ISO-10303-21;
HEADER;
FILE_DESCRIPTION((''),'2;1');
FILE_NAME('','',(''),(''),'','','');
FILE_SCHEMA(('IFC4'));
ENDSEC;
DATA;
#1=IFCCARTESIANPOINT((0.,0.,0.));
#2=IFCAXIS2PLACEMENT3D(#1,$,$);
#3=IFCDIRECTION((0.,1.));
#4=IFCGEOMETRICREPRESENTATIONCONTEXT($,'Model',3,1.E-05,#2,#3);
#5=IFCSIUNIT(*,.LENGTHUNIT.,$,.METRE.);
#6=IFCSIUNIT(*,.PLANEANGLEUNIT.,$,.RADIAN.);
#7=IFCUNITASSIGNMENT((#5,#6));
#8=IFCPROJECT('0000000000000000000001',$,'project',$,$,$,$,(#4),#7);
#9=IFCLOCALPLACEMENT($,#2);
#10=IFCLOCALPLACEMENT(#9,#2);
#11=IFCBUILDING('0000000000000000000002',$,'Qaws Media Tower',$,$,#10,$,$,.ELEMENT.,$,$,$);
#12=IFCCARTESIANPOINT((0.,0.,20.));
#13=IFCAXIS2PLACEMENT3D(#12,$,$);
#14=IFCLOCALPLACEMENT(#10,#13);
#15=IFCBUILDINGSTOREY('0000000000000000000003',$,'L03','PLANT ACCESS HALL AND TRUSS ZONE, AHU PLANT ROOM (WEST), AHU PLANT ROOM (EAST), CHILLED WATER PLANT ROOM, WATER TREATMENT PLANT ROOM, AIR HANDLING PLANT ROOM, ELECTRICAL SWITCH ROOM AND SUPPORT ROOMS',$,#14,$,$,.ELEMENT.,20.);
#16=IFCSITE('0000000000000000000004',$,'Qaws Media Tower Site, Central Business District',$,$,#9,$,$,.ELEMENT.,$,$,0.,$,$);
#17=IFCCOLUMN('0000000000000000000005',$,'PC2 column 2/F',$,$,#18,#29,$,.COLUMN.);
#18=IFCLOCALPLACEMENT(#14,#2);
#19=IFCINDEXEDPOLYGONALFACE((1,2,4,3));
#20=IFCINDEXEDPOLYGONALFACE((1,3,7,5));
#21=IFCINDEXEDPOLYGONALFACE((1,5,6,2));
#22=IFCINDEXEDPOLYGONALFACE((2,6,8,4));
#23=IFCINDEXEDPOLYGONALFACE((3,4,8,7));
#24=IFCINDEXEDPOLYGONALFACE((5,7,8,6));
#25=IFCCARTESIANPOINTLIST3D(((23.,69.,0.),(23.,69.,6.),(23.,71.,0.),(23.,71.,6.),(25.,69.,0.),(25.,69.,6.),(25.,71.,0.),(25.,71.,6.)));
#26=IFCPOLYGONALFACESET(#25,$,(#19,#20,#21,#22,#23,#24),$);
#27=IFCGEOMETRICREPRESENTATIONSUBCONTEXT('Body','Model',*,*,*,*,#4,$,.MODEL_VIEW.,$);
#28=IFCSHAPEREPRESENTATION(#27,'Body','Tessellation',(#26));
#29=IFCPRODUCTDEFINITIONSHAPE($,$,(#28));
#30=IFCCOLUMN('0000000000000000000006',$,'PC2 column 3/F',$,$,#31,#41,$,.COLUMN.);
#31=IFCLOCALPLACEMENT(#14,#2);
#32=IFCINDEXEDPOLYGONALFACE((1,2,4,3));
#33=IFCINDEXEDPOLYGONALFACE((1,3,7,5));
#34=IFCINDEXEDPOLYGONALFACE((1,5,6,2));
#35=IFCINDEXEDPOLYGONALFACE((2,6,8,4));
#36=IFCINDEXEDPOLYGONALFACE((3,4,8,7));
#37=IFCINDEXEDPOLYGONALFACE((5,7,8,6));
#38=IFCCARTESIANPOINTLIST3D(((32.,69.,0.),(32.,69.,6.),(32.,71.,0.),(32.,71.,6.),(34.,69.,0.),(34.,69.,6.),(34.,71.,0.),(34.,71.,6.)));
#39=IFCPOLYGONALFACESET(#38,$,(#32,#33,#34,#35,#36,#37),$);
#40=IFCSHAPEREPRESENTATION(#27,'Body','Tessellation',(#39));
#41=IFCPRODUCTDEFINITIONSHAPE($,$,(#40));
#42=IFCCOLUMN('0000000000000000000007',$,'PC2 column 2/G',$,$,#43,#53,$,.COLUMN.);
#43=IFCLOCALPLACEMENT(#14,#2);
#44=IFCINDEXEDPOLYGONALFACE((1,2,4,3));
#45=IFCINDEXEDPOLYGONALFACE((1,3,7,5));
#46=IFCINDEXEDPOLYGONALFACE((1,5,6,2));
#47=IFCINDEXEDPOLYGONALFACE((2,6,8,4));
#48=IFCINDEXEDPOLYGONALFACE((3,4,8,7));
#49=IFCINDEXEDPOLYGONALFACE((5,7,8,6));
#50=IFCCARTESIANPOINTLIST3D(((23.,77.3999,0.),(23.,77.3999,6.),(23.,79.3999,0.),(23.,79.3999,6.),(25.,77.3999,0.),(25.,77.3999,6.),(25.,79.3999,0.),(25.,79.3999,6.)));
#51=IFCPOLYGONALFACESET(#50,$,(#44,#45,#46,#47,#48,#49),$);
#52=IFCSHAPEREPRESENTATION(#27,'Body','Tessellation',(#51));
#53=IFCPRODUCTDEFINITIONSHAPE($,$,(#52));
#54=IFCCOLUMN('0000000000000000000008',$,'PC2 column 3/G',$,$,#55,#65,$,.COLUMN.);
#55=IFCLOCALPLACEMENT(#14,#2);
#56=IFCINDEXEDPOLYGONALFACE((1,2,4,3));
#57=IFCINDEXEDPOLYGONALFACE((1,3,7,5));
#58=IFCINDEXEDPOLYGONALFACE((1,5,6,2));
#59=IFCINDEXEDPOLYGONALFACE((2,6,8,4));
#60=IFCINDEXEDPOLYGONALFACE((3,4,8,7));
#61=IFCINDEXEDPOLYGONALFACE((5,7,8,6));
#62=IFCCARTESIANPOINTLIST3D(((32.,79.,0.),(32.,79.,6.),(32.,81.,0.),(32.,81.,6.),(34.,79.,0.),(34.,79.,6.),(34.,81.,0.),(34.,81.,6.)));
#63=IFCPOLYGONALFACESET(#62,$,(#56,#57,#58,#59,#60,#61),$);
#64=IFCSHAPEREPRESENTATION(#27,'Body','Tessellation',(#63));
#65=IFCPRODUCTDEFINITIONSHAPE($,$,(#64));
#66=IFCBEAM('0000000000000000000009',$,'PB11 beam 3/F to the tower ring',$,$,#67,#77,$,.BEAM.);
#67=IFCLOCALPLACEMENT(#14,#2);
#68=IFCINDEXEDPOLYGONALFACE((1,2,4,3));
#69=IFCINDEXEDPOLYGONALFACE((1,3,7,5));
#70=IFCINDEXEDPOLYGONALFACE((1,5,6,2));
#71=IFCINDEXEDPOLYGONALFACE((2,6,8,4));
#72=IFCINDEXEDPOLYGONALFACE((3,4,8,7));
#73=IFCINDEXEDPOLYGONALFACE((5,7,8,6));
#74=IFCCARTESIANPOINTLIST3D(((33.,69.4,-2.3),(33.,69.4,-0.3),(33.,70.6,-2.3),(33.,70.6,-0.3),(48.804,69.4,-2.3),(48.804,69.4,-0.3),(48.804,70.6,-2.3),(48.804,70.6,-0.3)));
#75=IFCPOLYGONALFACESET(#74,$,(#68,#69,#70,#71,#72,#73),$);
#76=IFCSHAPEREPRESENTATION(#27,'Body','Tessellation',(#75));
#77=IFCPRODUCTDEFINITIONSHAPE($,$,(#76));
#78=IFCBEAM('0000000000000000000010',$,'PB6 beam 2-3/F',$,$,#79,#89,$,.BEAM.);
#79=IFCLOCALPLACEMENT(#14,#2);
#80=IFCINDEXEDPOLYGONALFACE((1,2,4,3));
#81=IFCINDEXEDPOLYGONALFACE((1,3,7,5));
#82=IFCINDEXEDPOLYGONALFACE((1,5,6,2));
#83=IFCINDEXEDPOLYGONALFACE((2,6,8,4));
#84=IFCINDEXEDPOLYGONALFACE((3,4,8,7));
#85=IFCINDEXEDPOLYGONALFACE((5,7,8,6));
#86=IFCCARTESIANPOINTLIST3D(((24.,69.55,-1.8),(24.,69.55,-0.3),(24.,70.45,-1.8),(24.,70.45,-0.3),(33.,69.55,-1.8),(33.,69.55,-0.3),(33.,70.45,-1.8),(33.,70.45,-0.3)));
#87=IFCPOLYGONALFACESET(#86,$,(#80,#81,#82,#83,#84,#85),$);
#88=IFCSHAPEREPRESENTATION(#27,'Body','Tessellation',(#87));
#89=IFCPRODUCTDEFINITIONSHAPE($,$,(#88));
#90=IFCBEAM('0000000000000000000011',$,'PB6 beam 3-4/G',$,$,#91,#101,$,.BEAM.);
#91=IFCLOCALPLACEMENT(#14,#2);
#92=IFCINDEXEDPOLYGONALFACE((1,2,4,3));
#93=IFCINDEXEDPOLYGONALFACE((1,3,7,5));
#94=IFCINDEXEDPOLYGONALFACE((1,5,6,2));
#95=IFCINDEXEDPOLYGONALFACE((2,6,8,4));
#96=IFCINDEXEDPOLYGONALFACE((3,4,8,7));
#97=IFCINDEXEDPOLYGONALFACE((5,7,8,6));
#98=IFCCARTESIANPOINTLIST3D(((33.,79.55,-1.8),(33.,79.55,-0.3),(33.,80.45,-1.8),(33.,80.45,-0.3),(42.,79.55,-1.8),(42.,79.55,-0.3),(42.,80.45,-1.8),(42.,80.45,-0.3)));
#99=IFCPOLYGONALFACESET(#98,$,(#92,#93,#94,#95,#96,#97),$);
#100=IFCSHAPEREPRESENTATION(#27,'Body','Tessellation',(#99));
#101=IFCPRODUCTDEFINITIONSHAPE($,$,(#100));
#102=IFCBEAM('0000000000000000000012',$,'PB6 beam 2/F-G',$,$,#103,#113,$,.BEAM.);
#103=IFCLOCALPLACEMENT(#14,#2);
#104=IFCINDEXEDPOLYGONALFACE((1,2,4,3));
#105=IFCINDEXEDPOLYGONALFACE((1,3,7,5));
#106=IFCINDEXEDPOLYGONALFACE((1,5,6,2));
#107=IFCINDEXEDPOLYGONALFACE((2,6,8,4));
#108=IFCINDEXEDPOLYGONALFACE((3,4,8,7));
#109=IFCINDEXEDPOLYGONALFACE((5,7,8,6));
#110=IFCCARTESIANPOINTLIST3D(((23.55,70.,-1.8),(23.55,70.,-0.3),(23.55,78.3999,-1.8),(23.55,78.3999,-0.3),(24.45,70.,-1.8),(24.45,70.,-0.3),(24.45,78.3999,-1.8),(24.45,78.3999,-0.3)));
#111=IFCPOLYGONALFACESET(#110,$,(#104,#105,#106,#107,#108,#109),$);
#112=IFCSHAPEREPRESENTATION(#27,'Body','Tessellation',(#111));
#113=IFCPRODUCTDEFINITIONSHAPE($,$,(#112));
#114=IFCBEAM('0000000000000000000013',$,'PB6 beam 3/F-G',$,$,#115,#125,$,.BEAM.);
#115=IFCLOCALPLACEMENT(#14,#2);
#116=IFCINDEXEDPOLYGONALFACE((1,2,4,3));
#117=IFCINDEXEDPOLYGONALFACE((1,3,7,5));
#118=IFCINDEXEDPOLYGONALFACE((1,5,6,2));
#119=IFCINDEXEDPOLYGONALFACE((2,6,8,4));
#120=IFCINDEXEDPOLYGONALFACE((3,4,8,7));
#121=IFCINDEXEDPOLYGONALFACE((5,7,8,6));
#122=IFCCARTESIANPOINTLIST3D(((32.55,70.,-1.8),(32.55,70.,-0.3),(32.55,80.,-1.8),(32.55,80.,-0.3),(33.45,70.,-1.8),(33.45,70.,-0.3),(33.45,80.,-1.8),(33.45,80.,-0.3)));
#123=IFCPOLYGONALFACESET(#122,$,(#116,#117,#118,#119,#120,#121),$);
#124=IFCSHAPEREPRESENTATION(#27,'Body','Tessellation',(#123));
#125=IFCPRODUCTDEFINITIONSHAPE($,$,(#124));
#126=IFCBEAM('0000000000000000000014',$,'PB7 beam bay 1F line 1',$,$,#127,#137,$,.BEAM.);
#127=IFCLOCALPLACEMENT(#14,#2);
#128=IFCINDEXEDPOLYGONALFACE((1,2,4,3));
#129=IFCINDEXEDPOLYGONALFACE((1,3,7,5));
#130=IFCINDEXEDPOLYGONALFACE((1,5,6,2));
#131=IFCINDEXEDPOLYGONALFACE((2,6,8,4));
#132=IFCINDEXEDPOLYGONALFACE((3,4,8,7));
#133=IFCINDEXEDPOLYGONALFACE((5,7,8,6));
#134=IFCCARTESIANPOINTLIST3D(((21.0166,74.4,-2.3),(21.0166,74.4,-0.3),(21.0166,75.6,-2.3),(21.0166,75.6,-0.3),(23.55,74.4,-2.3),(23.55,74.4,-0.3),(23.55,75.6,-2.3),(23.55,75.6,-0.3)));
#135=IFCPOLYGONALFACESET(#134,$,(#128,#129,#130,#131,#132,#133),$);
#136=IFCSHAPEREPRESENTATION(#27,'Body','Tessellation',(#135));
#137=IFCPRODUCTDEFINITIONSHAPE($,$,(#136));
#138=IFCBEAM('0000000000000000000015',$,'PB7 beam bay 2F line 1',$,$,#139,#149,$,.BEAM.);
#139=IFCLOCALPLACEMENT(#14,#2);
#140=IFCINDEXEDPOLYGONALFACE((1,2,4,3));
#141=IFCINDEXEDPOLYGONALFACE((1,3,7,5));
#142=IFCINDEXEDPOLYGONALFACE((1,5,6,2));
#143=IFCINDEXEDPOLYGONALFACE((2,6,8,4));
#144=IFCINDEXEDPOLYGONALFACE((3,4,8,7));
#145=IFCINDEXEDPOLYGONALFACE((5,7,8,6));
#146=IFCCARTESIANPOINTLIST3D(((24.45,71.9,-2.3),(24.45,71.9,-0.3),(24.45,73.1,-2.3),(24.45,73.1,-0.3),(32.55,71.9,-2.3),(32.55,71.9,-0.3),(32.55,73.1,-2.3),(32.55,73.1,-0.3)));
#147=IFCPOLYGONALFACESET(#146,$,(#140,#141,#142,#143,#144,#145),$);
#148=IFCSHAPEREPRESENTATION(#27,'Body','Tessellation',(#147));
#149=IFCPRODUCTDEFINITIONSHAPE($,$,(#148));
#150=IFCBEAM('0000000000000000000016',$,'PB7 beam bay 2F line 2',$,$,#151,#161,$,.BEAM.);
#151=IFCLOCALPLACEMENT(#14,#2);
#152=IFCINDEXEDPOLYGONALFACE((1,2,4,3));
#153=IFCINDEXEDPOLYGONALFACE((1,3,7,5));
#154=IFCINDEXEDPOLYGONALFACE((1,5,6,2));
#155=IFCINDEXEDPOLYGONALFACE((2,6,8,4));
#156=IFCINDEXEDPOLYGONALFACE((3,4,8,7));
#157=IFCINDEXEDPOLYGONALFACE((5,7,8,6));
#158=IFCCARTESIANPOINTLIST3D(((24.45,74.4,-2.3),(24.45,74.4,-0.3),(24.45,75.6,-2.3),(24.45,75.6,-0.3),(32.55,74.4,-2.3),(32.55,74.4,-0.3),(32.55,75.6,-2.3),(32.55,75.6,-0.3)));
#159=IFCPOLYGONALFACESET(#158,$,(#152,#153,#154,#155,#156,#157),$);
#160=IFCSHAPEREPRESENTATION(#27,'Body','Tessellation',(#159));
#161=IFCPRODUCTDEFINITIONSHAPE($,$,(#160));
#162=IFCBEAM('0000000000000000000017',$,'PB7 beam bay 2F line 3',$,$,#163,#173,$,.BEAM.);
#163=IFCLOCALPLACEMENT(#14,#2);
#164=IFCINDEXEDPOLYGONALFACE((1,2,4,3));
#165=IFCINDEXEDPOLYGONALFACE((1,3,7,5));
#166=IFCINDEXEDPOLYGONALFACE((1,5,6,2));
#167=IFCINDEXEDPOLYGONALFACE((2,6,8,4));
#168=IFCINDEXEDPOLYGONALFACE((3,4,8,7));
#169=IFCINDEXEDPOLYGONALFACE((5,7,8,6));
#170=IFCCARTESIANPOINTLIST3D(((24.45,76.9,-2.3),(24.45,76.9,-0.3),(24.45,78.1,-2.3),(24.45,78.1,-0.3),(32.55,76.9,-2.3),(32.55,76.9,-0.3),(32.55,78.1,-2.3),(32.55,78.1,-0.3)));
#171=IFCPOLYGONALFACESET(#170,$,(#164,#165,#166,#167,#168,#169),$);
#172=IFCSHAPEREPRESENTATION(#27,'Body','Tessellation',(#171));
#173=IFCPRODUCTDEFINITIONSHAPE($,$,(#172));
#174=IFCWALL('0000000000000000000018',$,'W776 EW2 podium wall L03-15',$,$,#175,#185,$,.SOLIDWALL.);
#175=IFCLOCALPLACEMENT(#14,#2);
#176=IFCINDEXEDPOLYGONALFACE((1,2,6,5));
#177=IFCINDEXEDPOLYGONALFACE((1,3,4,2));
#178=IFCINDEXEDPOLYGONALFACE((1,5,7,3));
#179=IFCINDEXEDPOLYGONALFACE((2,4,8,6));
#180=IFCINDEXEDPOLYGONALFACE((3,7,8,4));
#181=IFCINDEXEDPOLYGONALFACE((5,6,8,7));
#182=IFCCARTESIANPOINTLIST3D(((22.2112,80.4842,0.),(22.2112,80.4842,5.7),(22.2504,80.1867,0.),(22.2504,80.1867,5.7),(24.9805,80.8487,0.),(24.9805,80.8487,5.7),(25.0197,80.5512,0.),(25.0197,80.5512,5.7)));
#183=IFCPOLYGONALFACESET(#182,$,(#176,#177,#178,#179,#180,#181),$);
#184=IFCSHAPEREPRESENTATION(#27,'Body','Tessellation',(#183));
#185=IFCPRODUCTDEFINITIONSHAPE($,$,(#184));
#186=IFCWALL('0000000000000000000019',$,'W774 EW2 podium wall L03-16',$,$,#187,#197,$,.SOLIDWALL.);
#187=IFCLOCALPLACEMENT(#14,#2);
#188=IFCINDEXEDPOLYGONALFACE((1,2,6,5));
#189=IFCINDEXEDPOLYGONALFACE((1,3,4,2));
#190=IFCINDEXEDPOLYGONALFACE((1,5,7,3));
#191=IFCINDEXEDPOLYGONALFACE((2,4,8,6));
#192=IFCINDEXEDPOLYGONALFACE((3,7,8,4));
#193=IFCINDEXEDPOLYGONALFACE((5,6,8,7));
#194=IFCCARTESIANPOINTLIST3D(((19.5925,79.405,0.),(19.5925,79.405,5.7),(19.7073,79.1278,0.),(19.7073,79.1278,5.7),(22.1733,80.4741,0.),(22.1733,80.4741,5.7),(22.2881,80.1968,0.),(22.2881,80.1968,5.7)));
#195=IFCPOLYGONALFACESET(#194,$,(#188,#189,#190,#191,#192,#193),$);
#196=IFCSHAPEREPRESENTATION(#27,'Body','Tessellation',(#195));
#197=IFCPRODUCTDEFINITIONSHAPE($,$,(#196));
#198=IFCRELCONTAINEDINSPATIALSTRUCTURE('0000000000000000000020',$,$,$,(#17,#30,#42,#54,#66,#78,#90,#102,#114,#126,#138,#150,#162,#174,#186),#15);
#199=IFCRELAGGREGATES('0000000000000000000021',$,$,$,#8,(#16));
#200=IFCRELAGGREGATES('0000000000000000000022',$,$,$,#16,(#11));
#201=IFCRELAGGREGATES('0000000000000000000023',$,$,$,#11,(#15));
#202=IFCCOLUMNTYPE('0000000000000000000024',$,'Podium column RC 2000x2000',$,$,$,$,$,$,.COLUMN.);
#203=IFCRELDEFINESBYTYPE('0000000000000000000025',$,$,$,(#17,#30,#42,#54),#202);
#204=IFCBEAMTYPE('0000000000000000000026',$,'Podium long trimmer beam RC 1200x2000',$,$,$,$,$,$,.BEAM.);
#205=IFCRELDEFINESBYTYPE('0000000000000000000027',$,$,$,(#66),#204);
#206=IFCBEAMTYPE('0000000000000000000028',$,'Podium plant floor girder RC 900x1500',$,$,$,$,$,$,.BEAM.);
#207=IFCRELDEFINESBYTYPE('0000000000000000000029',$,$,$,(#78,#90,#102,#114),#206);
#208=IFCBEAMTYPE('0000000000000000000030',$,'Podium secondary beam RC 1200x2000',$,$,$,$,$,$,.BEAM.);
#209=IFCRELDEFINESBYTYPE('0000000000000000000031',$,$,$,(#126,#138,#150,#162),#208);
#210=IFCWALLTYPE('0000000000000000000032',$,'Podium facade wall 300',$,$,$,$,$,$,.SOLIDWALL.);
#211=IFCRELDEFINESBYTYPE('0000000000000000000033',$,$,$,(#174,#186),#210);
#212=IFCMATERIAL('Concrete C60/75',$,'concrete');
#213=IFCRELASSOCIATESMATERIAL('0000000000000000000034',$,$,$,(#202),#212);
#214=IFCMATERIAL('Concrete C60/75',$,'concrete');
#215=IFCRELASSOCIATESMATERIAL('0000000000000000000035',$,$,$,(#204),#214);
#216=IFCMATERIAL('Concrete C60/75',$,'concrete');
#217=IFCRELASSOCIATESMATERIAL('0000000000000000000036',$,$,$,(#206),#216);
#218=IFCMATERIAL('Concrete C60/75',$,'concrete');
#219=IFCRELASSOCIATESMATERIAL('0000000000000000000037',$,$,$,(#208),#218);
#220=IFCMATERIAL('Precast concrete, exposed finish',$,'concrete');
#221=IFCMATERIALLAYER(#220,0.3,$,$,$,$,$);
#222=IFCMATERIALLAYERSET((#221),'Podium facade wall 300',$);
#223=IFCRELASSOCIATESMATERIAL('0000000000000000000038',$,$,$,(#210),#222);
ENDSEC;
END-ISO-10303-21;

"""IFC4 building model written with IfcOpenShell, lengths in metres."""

from ifc_helpers import new_model, si_unit, direction, frame, frame_2d, origin, origin_2d, place, context, subcontext, project, spatial, rectangle, extrude, material, layer, layer_set, material_profile, profile_set, type_object, element, save


model = new_model("IFC4")

# Units and contexts
model_context = context("Model", 3, precision=1e-05, world=origin(), true_north=direction((0.0, 1.0)))
body_context = subcontext(model_context, "Body", "Model", "MODEL_VIEW")
ifc_project = project(units=[si_unit("LENGTHUNIT", "METRE"), si_unit("PLANEANGLEUNIT", "RADIAN")], contexts=[model_context])

# Site, building, storey
site_placement = place(None, origin())
site = spatial("IfcSite", under=ifc_project, at=site_placement, Name="Qaws Media Tower Site, Central Business District", CompositionType="ELEMENT", RefElevation=0.0)
building_placement = place(site_placement, origin())
building = spatial("IfcBuilding", under=site, at=building_placement, Name="Qaws Media Tower", CompositionType="ELEMENT")
storey_placement = place(building_placement, frame((0.0, 0.0, 20.0)))
storey = spatial("IfcBuildingStorey", under=building, at=storey_placement, Name="L03", Description="PLANT ACCESS HALL AND TRUSS ZONE, AHU PLANT ROOM (WEST), AHU PLANT ROOM (EAST), CHILLED WATER PLANT ROOM, WATER TREATMENT PLANT ROOM, AIR HANDLING PLANT ROOM, ELECTRICAL SWITCH ROOM AND SUPPORT ROOMS", CompositionType="ELEMENT", Elevation=20.0)

# Columns
ifc_material_1 = material(Name="Concrete C60/75", Category="concrete")
ifc_material_profile_1 = material_profile(ifc_material_1, rectangle(XDim=2.0, YDim=2.0, at=origin_2d()), Name="RC 2000x2000")
ifc_profile_set_1 = profile_set([ifc_material_profile_1], Name="Concrete C60/75")
column_type = type_object("IfcColumnType", Name="Podium column RC 2000x2000", PredefinedType="COLUMN", material=ifc_profile_set_1)
for number, where, z_axis, x_axis, name in (
    (1, (24.0, 70.0, 0.0), (0.0, 0.0, 1.0), (1.0, 0.0, 0.0), "PC2 column 2/F"),
    (2, (33.0, 70.0, 0.0), (0.0, 0.0, 1.0), (1.0, 0.0, 0.0), "PC2 column 3/F"),
    (3, (24.0, 78.3999, 0.0), (0.0, 0.0, 1.0), (1.0, 0.0, 0.0), "PC2 column 2/G"),
    (4, (33.0, 80.0, 0.0), (0.0, 0.0, 1.0), (1.0, 0.0, 0.0), "PC2 column 3/G"),
):
    element("IfcColumn", number, at=place(storey_placement, frame(where, z_axis=z_axis, x_axis=x_axis)), inside=storey, type_object=column_type, Name=name, PredefinedType="COLUMN", context=body_context, shape_type="SweptSolid", body=[
        extrude(rectangle(XDim=2.0, YDim=2.0, at=origin_2d()), origin(), (0.0, 0.0, 1.0), 6.0),
    ])

# Beams
ifc_material_2 = material(Name="Concrete C60/75", Category="concrete")
ifc_material_profile_2 = material_profile(ifc_material_2, rectangle(XDim=1.2, YDim=2.0, at=origin_2d()), Name="RC 1200x2000")
ifc_profile_set_2 = profile_set([ifc_material_profile_2], Name="Concrete C60/75")
beam_type_1 = type_object("IfcBeamType", Name="Podium long trimmer beam RC 1200x2000", PredefinedType="BEAM", material=ifc_profile_set_2)
beam_1_placement = place(storey_placement, frame((33.0, 70.0, -1.3), z_axis=(1.0, 0.0, 0.0), x_axis=(0.0, 1.0, 0.0)))
element("IfcBeam", 5, at=beam_1_placement, inside=storey, type_object=beam_type_1, Name="PB11 beam 3/F to the tower ring", PredefinedType="BEAM", context=body_context, shape_type="SweptSolid", body=[
    extrude(rectangle(XDim=1.2, YDim=2.0, at=origin_2d()), origin(), (0.0, 0.0, 1.0), 15.804),
])
ifc_material_3 = material(Name="Concrete C60/75", Category="concrete")
ifc_material_profile_3 = material_profile(ifc_material_3, rectangle(XDim=0.8999, YDim=1.5, at=origin_2d()), Name="RC 900x1500")
ifc_profile_set_3 = profile_set([ifc_material_profile_3], Name="Concrete C60/75")
beam_type_2 = type_object("IfcBeamType", Name="Podium plant floor girder RC 900x1500", PredefinedType="BEAM", material=ifc_profile_set_3)
for number, where, z_axis, x_axis, name in (
    (6, (24.0, 70.0, -1.05), (1.0, 0.0, 0.0), (0.0, 1.0, 0.0), "PB6 beam 2-3/F"),
    (7, (33.0, 80.0, -1.05), (1.0, 0.0, 0.0), (0.0, 1.0, 0.0), "PB6 beam 3-4/G"),
):
    element("IfcBeam", number, at=place(storey_placement, frame(where, z_axis=z_axis, x_axis=x_axis)), inside=storey, type_object=beam_type_2, Name=name, PredefinedType="BEAM", context=body_context, shape_type="SweptSolid", body=[
        extrude(rectangle(XDim=0.8999, YDim=1.5, at=origin_2d()), origin(), (0.0, 0.0, 1.0), 9.0),
    ])
beam_2_placement = place(storey_placement, frame((24.0, 70.0, -1.05), z_axis=(0.0, 1.0, 0.0), x_axis=(-1.0, 0.0, 0.0)))
element("IfcBeam", 8, at=beam_2_placement, inside=storey, type_object=beam_type_2, Name="PB6 beam 2/F-G", PredefinedType="BEAM", context=body_context, shape_type="SweptSolid", body=[
    extrude(rectangle(XDim=0.8999, YDim=1.5, at=origin_2d()), origin(), (0.0, 0.0, 1.0), 8.3999),
])
beam_3_placement = place(storey_placement, frame((33.0, 70.0, -1.05), z_axis=(0.0, 1.0, 0.0), x_axis=(-1.0, 0.0, 0.0)))
element("IfcBeam", 9, at=beam_3_placement, inside=storey, type_object=beam_type_2, Name="PB6 beam 3/F-G", PredefinedType="BEAM", context=body_context, shape_type="SweptSolid", body=[
    extrude(rectangle(XDim=0.8999, YDim=1.5, at=origin_2d()), origin(), (0.0, 0.0, 1.0), 10.0),
])
ifc_material_4 = material(Name="Concrete C60/75", Category="concrete")
ifc_material_profile_4 = material_profile(ifc_material_4, rectangle(XDim=1.2, YDim=2.0, at=origin_2d()), Name="RC 1200x2000")
ifc_profile_set_4 = profile_set([ifc_material_profile_4], Name="Concrete C60/75")
beam_type_3 = type_object("IfcBeamType", Name="Podium secondary beam RC 1200x2000", PredefinedType="BEAM", material=ifc_profile_set_4)
beam_4_placement = place(storey_placement, frame((21.0166, 75.0, -1.3), z_axis=(1.0, 0.0, 0.0), x_axis=(0.0, 1.0, 0.0)))
element("IfcBeam", 10, at=beam_4_placement, inside=storey, type_object=beam_type_3, Name="PB7 beam bay 1F line 1", PredefinedType="BEAM", context=body_context, shape_type="SweptSolid", body=[
    extrude(rectangle(XDim=1.2, YDim=2.0, at=origin_2d()), origin(), (0.0, 0.0, 1.0), 2.5334),
])
for number, where, z_axis, x_axis, name in (
    (11, (24.45, 72.5, -1.3), (1.0, 0.0, 0.0), (0.0, 1.0, 0.0), "PB7 beam bay 2F line 1"),
    (12, (24.45, 75.0, -1.3), (1.0, 0.0, 0.0), (0.0, 1.0, 0.0), "PB7 beam bay 2F line 2"),
    (13, (24.45, 77.5, -1.3), (1.0, 0.0, 0.0), (0.0, 1.0, 0.0), "PB7 beam bay 2F line 3"),
):
    element("IfcBeam", number, at=place(storey_placement, frame(where, z_axis=z_axis, x_axis=x_axis)), inside=storey, type_object=beam_type_3, Name=name, PredefinedType="BEAM", context=body_context, shape_type="SweptSolid", body=[
        extrude(rectangle(XDim=1.2, YDim=2.0, at=origin_2d()), origin(), (0.0, 0.0, 1.0), 8.1001),
    ])

# Walls
ifc_material_5 = material(Name="Precast concrete, exposed finish", Category="concrete")
ifc_layer_1 = layer(ifc_material_5, 0.3)
ifc_layer_set_1 = layer_set([ifc_layer_1], Name="Podium facade wall 300")
wall_type_1 = type_object("IfcWallType", Name="Podium facade wall 300", PredefinedType="SOLIDWALL", material=ifc_layer_set_1)
wall_1_placement = place(storey_placement, frame((25.0, 80.7, 0.0), z_axis=(0.0, 0.0, 1.0), x_axis=(-0.991449, -0.130497, 0.0)))
element("IfcWall", 14, at=wall_1_placement, inside=storey, type_object=wall_type_1, Name="W776 EW2 podium wall L03-15", PredefinedType="SOLIDWALL", context=body_context, shape_type="SweptSolid", body=[
    extrude(rectangle(XDim=2.7932, YDim=0.3, at=frame_2d((1.3965, 0.0))), origin(), (0.0, 0.0, 1.0), 5.7),
])
wall_2_placement = place(storey_placement, frame((22.2307, 80.3354, 0.0), z_axis=(0.0, 0.0, 1.0), x_axis=(-0.923869, -0.382709, 0.0)))
element("IfcWall", 15, at=wall_2_placement, inside=storey, type_object=wall_type_1, Name="W774 EW2 podium wall L03-16", PredefinedType="SOLIDWALL", context=body_context, shape_type="SweptSolid", body=[
    extrude(rectangle(XDim=2.7935, YDim=0.3, at=frame_2d((1.3967, 0.0))), origin(), (0.0, 0.0, 1.0), 5.7),
])

save(model, "model.ifc")
